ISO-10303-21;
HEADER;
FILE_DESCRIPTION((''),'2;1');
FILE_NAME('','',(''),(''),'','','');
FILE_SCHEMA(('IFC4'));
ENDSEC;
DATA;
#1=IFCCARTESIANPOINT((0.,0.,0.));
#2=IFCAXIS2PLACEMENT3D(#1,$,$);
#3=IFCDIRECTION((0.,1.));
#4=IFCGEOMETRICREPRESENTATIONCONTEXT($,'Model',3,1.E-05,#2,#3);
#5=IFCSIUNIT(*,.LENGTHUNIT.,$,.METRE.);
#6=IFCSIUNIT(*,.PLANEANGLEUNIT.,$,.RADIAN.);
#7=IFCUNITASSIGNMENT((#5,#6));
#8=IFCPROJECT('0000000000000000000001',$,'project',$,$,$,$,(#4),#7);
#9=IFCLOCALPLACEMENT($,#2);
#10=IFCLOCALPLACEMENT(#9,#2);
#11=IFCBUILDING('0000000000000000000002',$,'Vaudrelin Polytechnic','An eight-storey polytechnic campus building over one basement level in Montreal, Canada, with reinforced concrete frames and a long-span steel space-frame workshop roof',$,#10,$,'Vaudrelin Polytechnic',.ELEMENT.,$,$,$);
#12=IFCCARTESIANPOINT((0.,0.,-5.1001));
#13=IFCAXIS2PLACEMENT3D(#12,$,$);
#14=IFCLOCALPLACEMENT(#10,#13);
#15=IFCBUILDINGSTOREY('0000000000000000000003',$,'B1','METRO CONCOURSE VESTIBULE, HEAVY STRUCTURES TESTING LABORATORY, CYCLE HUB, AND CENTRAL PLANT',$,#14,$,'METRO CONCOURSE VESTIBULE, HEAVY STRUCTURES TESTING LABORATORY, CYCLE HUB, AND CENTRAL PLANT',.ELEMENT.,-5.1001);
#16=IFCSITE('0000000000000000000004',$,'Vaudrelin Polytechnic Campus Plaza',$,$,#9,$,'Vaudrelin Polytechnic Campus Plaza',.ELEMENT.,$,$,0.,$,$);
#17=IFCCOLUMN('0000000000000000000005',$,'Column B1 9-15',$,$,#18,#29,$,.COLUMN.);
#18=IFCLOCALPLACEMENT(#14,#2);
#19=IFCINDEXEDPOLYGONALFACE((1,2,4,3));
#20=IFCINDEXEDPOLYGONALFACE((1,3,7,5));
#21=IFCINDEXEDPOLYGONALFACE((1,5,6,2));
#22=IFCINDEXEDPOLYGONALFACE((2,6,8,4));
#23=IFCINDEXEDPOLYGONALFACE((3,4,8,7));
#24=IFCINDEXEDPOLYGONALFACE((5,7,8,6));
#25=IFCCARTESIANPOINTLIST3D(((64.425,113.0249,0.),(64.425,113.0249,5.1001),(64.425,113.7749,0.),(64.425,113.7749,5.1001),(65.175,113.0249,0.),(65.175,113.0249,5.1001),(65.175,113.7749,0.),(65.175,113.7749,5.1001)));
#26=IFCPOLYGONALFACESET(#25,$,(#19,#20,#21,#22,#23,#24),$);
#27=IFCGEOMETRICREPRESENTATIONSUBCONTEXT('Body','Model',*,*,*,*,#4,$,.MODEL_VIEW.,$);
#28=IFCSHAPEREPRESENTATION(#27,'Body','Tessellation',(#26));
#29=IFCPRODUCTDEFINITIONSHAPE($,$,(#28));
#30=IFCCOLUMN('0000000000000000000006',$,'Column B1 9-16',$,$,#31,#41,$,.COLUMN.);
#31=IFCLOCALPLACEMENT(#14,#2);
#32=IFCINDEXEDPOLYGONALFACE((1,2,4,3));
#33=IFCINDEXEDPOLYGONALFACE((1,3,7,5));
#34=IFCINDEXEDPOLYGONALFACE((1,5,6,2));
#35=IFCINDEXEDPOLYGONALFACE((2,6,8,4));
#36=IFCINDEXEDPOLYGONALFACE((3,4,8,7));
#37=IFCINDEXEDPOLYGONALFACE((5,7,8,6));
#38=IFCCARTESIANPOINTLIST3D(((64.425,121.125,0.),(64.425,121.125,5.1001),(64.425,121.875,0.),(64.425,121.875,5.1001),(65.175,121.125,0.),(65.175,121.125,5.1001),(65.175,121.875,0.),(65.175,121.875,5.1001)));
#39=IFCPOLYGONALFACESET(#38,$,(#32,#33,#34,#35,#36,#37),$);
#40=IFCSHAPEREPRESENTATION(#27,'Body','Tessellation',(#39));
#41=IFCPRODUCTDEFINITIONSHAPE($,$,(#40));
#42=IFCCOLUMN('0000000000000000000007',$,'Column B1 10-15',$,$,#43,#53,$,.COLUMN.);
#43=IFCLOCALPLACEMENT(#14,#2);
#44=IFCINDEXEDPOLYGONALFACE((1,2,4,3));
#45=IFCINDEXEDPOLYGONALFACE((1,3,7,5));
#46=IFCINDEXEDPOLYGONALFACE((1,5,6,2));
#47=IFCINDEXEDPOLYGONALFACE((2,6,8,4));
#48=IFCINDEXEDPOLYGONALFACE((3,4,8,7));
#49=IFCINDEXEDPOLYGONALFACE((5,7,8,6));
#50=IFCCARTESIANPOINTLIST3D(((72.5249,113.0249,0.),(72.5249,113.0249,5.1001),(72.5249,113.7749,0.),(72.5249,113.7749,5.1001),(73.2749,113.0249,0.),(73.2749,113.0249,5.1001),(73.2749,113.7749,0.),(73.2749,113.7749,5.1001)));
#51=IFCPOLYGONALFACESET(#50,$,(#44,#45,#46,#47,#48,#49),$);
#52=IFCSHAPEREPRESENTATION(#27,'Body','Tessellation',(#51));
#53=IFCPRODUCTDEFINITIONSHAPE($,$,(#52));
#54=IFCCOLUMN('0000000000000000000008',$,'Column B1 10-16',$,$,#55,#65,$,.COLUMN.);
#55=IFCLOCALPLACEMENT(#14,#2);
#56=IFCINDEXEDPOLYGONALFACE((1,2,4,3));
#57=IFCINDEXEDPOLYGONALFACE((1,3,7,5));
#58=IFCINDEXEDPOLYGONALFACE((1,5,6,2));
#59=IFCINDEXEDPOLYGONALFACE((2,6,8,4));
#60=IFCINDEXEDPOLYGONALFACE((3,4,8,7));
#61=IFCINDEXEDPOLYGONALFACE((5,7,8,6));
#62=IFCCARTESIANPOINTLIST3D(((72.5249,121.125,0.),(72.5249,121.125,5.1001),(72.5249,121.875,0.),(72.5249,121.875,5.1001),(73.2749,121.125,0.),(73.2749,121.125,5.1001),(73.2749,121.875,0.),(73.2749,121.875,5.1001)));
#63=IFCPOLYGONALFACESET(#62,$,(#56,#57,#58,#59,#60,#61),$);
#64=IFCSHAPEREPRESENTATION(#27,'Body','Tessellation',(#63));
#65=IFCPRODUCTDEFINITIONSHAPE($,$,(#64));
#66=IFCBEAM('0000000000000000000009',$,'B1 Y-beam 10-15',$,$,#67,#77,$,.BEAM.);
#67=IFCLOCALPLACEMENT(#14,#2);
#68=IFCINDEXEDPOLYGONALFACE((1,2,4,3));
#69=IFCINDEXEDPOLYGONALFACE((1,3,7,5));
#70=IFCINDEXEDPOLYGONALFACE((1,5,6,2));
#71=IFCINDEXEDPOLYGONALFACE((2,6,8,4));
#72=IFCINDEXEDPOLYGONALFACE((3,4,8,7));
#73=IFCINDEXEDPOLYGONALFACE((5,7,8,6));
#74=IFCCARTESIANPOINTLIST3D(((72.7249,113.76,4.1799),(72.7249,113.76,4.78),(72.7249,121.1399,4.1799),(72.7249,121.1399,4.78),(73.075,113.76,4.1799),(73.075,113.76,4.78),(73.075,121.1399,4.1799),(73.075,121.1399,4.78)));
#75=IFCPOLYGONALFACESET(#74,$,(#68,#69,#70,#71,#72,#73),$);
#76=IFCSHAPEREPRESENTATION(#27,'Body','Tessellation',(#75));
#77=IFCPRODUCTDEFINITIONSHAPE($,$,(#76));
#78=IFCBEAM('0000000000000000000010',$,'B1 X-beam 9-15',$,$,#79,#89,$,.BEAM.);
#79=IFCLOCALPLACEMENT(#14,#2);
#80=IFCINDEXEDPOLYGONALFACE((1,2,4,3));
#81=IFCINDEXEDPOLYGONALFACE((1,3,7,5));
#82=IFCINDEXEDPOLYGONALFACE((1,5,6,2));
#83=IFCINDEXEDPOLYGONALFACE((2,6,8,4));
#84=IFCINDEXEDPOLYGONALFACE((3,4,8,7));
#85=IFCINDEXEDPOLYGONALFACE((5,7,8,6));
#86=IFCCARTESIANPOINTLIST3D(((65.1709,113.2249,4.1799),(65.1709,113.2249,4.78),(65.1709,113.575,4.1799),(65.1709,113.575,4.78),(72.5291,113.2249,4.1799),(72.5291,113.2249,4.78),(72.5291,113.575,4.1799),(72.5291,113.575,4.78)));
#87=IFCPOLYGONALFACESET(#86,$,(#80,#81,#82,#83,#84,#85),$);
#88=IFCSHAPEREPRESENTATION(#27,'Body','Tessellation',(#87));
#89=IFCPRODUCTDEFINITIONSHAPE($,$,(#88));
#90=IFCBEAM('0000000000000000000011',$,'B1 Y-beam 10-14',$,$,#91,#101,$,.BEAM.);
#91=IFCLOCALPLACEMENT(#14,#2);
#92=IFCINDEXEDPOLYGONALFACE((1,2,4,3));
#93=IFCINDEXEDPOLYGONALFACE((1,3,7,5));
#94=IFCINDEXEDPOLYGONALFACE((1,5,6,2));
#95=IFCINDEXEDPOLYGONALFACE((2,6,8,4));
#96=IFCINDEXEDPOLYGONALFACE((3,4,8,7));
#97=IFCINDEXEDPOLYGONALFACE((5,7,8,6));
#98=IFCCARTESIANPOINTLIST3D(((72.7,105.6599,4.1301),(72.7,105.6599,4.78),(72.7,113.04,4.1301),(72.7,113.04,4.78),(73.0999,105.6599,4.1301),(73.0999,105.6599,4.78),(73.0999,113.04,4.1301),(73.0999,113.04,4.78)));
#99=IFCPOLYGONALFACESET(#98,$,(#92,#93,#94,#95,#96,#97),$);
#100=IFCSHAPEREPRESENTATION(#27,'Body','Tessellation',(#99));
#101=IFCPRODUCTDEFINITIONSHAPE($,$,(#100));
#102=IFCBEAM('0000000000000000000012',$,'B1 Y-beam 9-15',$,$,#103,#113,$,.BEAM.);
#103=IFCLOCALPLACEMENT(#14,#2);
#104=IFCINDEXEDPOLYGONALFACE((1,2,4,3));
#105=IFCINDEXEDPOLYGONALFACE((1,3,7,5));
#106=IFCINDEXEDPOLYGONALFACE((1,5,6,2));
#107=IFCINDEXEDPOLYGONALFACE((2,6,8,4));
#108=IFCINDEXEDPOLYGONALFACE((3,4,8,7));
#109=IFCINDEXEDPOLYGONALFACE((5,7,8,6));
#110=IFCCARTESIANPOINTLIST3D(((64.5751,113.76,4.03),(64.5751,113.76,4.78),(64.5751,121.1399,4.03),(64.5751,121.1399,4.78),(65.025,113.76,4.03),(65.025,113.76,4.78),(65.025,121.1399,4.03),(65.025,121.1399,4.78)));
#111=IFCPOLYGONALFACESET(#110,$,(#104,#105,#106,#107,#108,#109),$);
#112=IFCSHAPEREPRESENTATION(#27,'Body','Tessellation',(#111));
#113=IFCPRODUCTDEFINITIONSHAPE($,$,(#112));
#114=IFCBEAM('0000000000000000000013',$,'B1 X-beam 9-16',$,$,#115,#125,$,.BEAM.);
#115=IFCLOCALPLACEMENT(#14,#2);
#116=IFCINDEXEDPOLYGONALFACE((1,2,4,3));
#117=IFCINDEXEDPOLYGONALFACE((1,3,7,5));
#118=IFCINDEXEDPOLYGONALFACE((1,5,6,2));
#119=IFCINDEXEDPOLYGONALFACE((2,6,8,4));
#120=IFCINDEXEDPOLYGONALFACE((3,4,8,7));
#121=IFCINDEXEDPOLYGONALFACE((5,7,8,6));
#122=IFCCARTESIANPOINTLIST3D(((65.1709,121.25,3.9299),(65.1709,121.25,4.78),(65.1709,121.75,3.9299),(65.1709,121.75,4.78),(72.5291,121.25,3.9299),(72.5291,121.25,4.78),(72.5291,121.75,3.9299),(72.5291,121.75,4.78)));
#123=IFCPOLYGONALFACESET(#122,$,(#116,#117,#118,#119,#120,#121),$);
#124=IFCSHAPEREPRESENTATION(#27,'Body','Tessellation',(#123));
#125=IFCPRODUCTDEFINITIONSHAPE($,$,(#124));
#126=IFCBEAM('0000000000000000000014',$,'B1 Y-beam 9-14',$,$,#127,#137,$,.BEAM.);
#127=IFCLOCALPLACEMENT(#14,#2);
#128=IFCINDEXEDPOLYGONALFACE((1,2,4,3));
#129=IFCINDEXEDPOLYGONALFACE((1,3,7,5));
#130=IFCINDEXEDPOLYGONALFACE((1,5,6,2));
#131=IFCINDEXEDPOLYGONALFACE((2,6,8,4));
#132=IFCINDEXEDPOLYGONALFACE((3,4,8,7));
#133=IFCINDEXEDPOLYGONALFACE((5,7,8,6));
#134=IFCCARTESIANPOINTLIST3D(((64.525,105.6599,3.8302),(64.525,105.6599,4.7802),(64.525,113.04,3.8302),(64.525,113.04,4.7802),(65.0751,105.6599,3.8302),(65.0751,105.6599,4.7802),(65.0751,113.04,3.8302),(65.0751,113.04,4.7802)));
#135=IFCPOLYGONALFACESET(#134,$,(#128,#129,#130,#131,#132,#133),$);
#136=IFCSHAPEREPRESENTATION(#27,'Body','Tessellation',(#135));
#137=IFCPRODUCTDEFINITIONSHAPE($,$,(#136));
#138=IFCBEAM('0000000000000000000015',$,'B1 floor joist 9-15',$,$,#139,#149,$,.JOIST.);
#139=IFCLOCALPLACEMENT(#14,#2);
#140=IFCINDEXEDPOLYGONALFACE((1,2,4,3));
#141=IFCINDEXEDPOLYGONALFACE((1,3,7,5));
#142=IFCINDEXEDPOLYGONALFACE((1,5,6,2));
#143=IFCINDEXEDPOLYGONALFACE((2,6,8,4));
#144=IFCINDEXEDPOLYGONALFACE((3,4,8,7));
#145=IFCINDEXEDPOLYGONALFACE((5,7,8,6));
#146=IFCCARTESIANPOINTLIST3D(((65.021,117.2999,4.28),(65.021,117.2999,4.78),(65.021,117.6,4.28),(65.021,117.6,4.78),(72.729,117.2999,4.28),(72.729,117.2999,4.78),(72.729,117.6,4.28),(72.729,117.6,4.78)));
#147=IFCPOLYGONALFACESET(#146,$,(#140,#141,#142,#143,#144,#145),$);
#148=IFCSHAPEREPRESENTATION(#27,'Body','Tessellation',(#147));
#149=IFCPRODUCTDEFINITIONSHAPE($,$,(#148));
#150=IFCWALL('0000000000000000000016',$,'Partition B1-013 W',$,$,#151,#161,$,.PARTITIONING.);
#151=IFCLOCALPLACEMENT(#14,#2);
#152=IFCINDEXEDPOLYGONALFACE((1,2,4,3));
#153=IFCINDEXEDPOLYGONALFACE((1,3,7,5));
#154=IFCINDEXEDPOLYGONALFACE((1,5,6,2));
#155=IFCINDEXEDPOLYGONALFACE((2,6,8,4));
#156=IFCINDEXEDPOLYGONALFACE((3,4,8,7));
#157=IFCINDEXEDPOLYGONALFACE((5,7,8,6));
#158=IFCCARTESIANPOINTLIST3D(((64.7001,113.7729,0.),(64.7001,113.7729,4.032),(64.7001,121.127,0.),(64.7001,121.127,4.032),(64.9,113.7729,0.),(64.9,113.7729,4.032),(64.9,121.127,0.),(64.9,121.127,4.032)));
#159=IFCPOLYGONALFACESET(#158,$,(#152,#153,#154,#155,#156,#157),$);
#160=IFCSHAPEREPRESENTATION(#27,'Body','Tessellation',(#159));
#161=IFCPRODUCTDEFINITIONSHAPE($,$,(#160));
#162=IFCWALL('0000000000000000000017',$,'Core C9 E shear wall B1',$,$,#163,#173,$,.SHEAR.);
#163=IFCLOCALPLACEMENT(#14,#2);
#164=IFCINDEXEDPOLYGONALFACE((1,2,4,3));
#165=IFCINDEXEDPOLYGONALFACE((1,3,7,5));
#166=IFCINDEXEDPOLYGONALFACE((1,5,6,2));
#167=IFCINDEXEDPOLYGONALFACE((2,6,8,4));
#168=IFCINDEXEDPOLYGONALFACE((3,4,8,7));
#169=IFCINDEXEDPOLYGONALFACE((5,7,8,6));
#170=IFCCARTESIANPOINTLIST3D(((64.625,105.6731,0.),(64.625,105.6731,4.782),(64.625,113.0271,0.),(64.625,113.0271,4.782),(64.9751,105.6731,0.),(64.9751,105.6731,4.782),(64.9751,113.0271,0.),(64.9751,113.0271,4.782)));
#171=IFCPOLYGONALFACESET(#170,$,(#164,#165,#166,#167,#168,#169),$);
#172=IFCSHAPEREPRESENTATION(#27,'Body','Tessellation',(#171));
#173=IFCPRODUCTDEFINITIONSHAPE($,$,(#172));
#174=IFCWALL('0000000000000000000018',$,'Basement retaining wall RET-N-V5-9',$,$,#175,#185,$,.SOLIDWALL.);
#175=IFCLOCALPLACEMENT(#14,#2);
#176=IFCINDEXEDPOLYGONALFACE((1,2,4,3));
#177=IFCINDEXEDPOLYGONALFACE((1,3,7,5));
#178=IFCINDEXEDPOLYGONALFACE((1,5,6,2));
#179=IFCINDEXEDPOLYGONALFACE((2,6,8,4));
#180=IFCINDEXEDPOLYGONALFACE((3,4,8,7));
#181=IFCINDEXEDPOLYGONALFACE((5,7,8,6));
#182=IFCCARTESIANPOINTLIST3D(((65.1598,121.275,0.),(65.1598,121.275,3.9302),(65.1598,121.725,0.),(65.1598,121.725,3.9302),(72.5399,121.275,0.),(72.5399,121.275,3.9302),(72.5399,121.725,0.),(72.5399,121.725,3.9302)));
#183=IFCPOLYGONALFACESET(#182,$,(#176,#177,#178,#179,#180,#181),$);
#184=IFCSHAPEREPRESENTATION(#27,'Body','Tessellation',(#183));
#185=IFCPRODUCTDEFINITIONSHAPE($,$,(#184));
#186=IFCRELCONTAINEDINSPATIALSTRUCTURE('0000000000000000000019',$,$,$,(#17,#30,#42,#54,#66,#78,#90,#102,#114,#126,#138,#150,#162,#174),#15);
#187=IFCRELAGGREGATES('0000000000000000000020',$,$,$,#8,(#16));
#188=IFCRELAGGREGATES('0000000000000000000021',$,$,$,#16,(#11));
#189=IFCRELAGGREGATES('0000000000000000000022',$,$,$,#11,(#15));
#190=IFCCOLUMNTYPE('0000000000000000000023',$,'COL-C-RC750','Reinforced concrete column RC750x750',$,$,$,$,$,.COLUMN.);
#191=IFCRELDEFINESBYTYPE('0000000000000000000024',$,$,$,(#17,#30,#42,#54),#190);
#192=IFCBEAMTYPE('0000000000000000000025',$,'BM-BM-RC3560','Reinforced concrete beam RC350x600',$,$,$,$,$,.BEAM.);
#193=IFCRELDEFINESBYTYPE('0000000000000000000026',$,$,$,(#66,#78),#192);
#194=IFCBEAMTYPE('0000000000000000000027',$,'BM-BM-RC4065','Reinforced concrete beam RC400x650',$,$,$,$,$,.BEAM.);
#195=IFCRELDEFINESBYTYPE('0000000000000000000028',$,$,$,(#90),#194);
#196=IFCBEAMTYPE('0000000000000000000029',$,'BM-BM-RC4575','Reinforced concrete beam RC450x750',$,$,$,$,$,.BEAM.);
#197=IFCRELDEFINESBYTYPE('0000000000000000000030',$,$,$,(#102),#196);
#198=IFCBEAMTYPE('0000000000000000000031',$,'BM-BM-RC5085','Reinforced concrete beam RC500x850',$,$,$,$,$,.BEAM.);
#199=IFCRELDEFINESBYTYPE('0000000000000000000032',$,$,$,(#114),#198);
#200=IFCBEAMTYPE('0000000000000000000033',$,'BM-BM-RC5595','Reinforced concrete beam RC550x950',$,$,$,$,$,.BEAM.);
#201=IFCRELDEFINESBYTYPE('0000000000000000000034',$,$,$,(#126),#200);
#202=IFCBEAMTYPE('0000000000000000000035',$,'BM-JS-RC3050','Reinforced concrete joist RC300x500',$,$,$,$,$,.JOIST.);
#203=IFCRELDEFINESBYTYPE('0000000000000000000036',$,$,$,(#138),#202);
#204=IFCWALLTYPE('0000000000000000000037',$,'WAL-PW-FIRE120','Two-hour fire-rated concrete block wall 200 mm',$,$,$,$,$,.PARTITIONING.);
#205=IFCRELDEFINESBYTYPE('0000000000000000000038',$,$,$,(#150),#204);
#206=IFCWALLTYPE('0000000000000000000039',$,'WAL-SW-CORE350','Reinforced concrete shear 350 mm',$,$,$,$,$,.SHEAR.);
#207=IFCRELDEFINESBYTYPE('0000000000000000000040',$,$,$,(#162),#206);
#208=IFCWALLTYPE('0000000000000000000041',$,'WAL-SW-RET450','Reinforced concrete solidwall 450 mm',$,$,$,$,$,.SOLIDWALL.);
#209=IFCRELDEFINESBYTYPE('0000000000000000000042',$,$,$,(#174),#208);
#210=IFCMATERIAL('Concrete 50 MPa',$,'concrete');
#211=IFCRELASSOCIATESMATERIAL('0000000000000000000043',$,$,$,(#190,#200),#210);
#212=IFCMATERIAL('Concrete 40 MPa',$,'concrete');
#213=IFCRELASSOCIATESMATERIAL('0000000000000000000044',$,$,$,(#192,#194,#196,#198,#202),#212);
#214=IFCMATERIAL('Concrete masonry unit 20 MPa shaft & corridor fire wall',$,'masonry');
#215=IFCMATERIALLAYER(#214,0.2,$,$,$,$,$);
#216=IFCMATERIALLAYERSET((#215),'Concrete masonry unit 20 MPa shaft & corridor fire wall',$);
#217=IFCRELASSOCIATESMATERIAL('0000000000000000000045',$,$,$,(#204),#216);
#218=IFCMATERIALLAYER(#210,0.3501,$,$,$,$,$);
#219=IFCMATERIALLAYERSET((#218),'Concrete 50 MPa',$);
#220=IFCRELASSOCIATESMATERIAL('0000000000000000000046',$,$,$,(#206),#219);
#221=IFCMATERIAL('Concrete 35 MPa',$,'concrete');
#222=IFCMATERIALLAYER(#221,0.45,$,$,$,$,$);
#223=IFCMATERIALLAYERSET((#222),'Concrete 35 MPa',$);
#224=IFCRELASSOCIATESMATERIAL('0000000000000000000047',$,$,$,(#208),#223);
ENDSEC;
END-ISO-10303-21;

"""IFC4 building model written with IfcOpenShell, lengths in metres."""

from ifc_helpers import new_model, si_unit, direction, frame, frame_2d, origin, origin_2d, place, context, subcontext, project, spatial, rectangle, extrude, material, layer, layer_set, material_profile, profile_set, type_object, element, save


model = new_model("IFC4")

# Units and contexts
model_context = context("Model", 3, precision=1e-05, world=origin(), true_north=direction((0.0, 1.0)))
body_context = subcontext(model_context, "Body", "Model", "MODEL_VIEW")
ifc_project = project(units=[si_unit("LENGTHUNIT", "METRE"), si_unit("PLANEANGLEUNIT", "RADIAN")], contexts=[model_context])

# Site, building, storey
site_placement = place(None, origin())
site = spatial("IfcSite", under=ifc_project, at=site_placement, Name="Vaudrelin Polytechnic Campus Plaza", LongName="Vaudrelin Polytechnic Campus Plaza", CompositionType="ELEMENT", RefElevation=0.0)
building_placement = place(site_placement, origin())
building = spatial("IfcBuilding", under=site, at=building_placement, Name="Vaudrelin Polytechnic", Description="An eight-storey polytechnic campus building over one basement level in Montreal, Canada, with reinforced concrete frames and a long-span steel space-frame workshop roof", LongName="Vaudrelin Polytechnic", CompositionType="ELEMENT")
storey_placement = place(building_placement, frame((0.0, 0.0, -5.1001)))
storey = spatial("IfcBuildingStorey", under=building, at=storey_placement, Name="B1", Description="METRO CONCOURSE VESTIBULE, HEAVY STRUCTURES TESTING LABORATORY, CYCLE HUB, AND CENTRAL PLANT", LongName="METRO CONCOURSE VESTIBULE, HEAVY STRUCTURES TESTING LABORATORY, CYCLE HUB, AND CENTRAL PLANT", CompositionType="ELEMENT", Elevation=-5.1001)

# Shared definitions
ifc_material_1 = material(Name="Concrete 40 MPa", Category="concrete")

# Columns
ifc_material_2 = material(Name="Concrete 50 MPa", Category="concrete")
ifc_material_profile_1 = material_profile(ifc_material_2, rectangle(XDim=0.75, YDim=0.75, at=origin_2d()), Name="RC750x750")
ifc_profile_set_1 = profile_set([ifc_material_profile_1], Name="Concrete 50 MPa")
column_type = type_object("IfcColumnType", Name="COL-C-RC750", Description="Reinforced concrete column RC750x750", PredefinedType="COLUMN", material=ifc_profile_set_1)
for number, where, z_axis, x_axis, name in (
    (1, (64.8, 113.3999, 0.0), (0.0, 0.0, 1.0), (1.0, 0.0, 0.0), "Column B1 9-15"),
    (2, (64.8, 121.5, 0.0), (0.0, 0.0, 1.0), (1.0, 0.0, 0.0), "Column B1 9-16"),
    (3, (72.8999, 113.3999, 0.0), (0.0, 0.0, 1.0), (1.0, 0.0, 0.0), "Column B1 10-15"),
    (4, (72.8999, 121.5, 0.0), (0.0, 0.0, 1.0), (1.0, 0.0, 0.0), "Column B1 10-16"),
):
    element("IfcColumn", number, at=place(storey_placement, frame(where, z_axis=z_axis, x_axis=x_axis)), inside=storey, type_object=column_type, Name=name, PredefinedType="COLUMN", context=body_context, shape_type="SweptSolid", body=[
        extrude(rectangle(XDim=0.75, YDim=0.75, at=origin_2d()), origin(), (0.0, 0.0, 1.0), 5.1001),
    ])

# Beams
ifc_material_profile_2 = material_profile(ifc_material_1, rectangle(XDim=0.3501, YDim=0.6001, at=origin_2d()), Name="RC350x600")
ifc_profile_set_2 = profile_set([ifc_material_profile_2], Name="Concrete 40 MPa")
beam_type_1 = type_object("IfcBeamType", Name="BM-BM-RC3560", Description="Reinforced concrete beam RC350x600", PredefinedType="BEAM", material=ifc_profile_set_2)
beam_1_placement = place(storey_placement, frame((72.8999, 113.76, 4.48), z_axis=(0.0, 1.0, 0.0), x_axis=(-1.0, 0.0, 0.0)))
element("IfcBeam", 5, at=beam_1_placement, inside=storey, type_object=beam_type_1, Name="B1 Y-beam 10-15", PredefinedType="BEAM", context=body_context, shape_type="SweptSolid", body=[
    extrude(rectangle(XDim=0.3501, YDim=0.6001, at=origin_2d()), origin(), (0.0, 0.0, 1.0), 7.3799),
])
beam_2_placement = place(storey_placement, frame((65.1709, 113.3999, 4.48), z_axis=(1.0, 0.0, 0.0), x_axis=(0.0, 1.0, 0.0)))
element("IfcBeam", 6, at=beam_2_placement, inside=storey, type_object=beam_type_1, Name="B1 X-beam 9-15", PredefinedType="BEAM", context=body_context, shape_type="SweptSolid", body=[
    extrude(rectangle(XDim=0.3501, YDim=0.6001, at=origin_2d()), origin(), (0.0, 0.0, 1.0), 7.3582),
])
ifc_material_profile_3 = material_profile(ifc_material_1, rectangle(XDim=0.3999, YDim=0.6499, at=origin_2d()), Name="RC400x650")
ifc_profile_set_3 = profile_set([ifc_material_profile_3], Name="Concrete 40 MPa")
beam_type_2 = type_object("IfcBeamType", Name="BM-BM-RC4065", Description="Reinforced concrete beam RC400x650", PredefinedType="BEAM", material=ifc_profile_set_3)
beam_3_placement = place(storey_placement, frame((72.8999, 105.6599, 4.4551), z_axis=(0.0, 1.0, 0.0), x_axis=(-1.0, 0.0, 0.0)))
element("IfcBeam", 7, at=beam_3_placement, inside=storey, type_object=beam_type_2, Name="B1 Y-beam 10-14", PredefinedType="BEAM", context=body_context, shape_type="SweptSolid", body=[
    extrude(rectangle(XDim=0.3999, YDim=0.6499, at=origin_2d()), origin(), (0.0, 0.0, 1.0), 7.3801),
])
ifc_material_profile_4 = material_profile(ifc_material_1, rectangle(XDim=0.45, YDim=0.75, at=origin_2d()), Name="RC450x750")
ifc_profile_set_4 = profile_set([ifc_material_profile_4], Name="Concrete 40 MPa")
beam_type_3 = type_object("IfcBeamType", Name="BM-BM-RC4575", Description="Reinforced concrete beam RC450x750", PredefinedType="BEAM", material=ifc_profile_set_4)
beam_4_placement = place(storey_placement, frame((64.8, 113.76, 4.405), z_axis=(0.0, 1.0, 0.0), x_axis=(-1.0, 0.0, 0.0)))
element("IfcBeam", 8, at=beam_4_placement, inside=storey, type_object=beam_type_3, Name="B1 Y-beam 9-15", PredefinedType="BEAM", context=body_context, shape_type="SweptSolid", body=[
    extrude(rectangle(XDim=0.45, YDim=0.75, at=origin_2d()), origin(), (0.0, 0.0, 1.0), 7.3799),
])
ifc_material_profile_5 = material_profile(ifc_material_1, rectangle(XDim=0.5, YDim=0.8501, at=origin_2d()), Name="RC500x850")
ifc_profile_set_5 = profile_set([ifc_material_profile_5], Name="Concrete 40 MPa")
beam_type_4 = type_object("IfcBeamType", Name="BM-BM-RC5085", Description="Reinforced concrete beam RC500x850", PredefinedType="BEAM", material=ifc_profile_set_5)
beam_5_placement = place(storey_placement, frame((65.1709, 121.5, 4.355), z_axis=(1.0, 0.0, 0.0), x_axis=(0.0, 1.0, 0.0)))
element("IfcBeam", 9, at=beam_5_placement, inside=storey, type_object=beam_type_4, Name="B1 X-beam 9-16", PredefinedType="BEAM", context=body_context, shape_type="SweptSolid", body=[
    extrude(rectangle(XDim=0.5, YDim=0.8501, at=origin_2d()), origin(), (0.0, 0.0, 1.0), 7.3582),
])
ifc_material_profile_6 = material_profile(ifc_material_2, rectangle(XDim=0.55, YDim=0.95, at=origin_2d()), Name="RC550x950")
ifc_profile_set_6 = profile_set([ifc_material_profile_6], Name="Concrete 50 MPa")
beam_type_5 = type_object("IfcBeamType", Name="BM-BM-RC5595", Description="Reinforced concrete beam RC550x950", PredefinedType="BEAM", material=ifc_profile_set_6)
beam_6_placement = place(storey_placement, frame((64.8, 105.6599, 4.3052), z_axis=(0.0, 1.0, 0.0), x_axis=(-1.0, 0.0, 0.0)))
element("IfcBeam", 10, at=beam_6_placement, inside=storey, type_object=beam_type_5, Name="B1 Y-beam 9-14", PredefinedType="BEAM", context=body_context, shape_type="SweptSolid", body=[
    extrude(rectangle(XDim=0.55, YDim=0.95, at=origin_2d()), origin(), (0.0, 0.0, 1.0), 7.3801),
])
ifc_material_profile_7 = material_profile(ifc_material_1, rectangle(XDim=0.3, YDim=0.5, at=origin_2d()), Name="RC300x500")
ifc_profile_set_7 = profile_set([ifc_material_profile_7], Name="Concrete 40 MPa")
beam_type_6 = type_object("IfcBeamType", Name="BM-JS-RC3050", Description="Reinforced concrete joist RC300x500", PredefinedType="JOIST", material=ifc_profile_set_7)
beam_7_placement = place(storey_placement, frame((65.021, 117.45, 4.53), z_axis=(1.0, 0.0, 0.0), x_axis=(0.0, 1.0, 0.0)))
element("IfcBeam", 11, at=beam_7_placement, inside=storey, type_object=beam_type_6, Name="B1 floor joist 9-15", PredefinedType="JOIST", context=body_context, shape_type="SweptSolid", body=[
    extrude(rectangle(XDim=0.3, YDim=0.5, at=origin_2d()), origin(), (0.0, 0.0, 1.0), 7.708),
])

# Wall
ifc_material_3 = material(Name="Concrete masonry unit 20 MPa shaft & corridor fire wall", Category="masonry")
ifc_layer_1 = layer(ifc_material_3, 0.2)
ifc_layer_set_1 = layer_set([ifc_layer_1], Name="Concrete masonry unit 20 MPa shaft & corridor fire wall")
wall_type_1 = type_object("IfcWallType", Name="WAL-PW-FIRE120", Description="Two-hour fire-rated concrete block wall 200 mm", PredefinedType="PARTITIONING", material=ifc_layer_set_1)
wall_1_placement = place(storey_placement, frame((64.8, 113.7729, 0.0), z_axis=(0.0, 0.0, 1.0), x_axis=(0.0, 1.0, 0.0)))
element("IfcWall", 12, at=wall_1_placement, inside=storey, type_object=wall_type_1, Name="Partition B1-013 W", PredefinedType="PARTITIONING", context=body_context, shape_type="SweptSolid", body=[
    extrude(rectangle(XDim=7.354, YDim=0.2, at=frame_2d((3.677, 0.0))), origin(), (0.0, 0.0, 1.0), 4.032),
])

# Walls
ifc_layer_2 = layer(ifc_material_2, 0.3501)
ifc_layer_set_2 = layer_set([ifc_layer_2], Name="Concrete 50 MPa")
wall_type_2 = type_object("IfcWallType", Name="WAL-SW-CORE350", Description="Reinforced concrete shear 350 mm", PredefinedType="SHEAR", material=ifc_layer_set_2)
wall_2_placement = place(storey_placement, frame((64.8, 105.6731, 0.0), z_axis=(0.0, 0.0, 1.0), x_axis=(0.0, 1.0, 0.0)))
element("IfcWall", 13, at=wall_2_placement, inside=storey, type_object=wall_type_2, Name="Core C9 E shear wall B1", PredefinedType="SHEAR", context=body_context, shape_type="SweptSolid", body=[
    extrude(rectangle(XDim=7.354, YDim=0.3501, at=frame_2d((3.677, 0.0))), origin(), (0.0, 0.0, 1.0), 4.782),
])
ifc_material_4 = material(Name="Concrete 35 MPa", Category="concrete")
ifc_layer_3 = layer(ifc_material_4, 0.45)
ifc_layer_set_3 = layer_set([ifc_layer_3], Name="Concrete 35 MPa")
wall_type_3 = type_object("IfcWallType", Name="WAL-SW-RET450", Description="Reinforced concrete solidwall 450 mm", PredefinedType="SOLIDWALL", material=ifc_layer_set_3)
wall_3_placement = place(storey_placement, frame((65.1599, 121.5, 0.0), z_axis=(0.0, 0.0, 1.0), x_axis=(1.0, 0.0, 0.0)))
element("IfcWall", 14, at=wall_3_placement, inside=storey, type_object=wall_type_3, Name="Basement retaining wall RET-N-V5-9", PredefinedType="SOLIDWALL", context=body_context, shape_type="SweptSolid", body=[
    extrude(rectangle(XDim=7.3801, YDim=0.45, at=frame_2d((3.6899, 0.0))), origin(), (0.0, 0.0, 1.0), 3.9302),
])

save(model, "model.ifc")
